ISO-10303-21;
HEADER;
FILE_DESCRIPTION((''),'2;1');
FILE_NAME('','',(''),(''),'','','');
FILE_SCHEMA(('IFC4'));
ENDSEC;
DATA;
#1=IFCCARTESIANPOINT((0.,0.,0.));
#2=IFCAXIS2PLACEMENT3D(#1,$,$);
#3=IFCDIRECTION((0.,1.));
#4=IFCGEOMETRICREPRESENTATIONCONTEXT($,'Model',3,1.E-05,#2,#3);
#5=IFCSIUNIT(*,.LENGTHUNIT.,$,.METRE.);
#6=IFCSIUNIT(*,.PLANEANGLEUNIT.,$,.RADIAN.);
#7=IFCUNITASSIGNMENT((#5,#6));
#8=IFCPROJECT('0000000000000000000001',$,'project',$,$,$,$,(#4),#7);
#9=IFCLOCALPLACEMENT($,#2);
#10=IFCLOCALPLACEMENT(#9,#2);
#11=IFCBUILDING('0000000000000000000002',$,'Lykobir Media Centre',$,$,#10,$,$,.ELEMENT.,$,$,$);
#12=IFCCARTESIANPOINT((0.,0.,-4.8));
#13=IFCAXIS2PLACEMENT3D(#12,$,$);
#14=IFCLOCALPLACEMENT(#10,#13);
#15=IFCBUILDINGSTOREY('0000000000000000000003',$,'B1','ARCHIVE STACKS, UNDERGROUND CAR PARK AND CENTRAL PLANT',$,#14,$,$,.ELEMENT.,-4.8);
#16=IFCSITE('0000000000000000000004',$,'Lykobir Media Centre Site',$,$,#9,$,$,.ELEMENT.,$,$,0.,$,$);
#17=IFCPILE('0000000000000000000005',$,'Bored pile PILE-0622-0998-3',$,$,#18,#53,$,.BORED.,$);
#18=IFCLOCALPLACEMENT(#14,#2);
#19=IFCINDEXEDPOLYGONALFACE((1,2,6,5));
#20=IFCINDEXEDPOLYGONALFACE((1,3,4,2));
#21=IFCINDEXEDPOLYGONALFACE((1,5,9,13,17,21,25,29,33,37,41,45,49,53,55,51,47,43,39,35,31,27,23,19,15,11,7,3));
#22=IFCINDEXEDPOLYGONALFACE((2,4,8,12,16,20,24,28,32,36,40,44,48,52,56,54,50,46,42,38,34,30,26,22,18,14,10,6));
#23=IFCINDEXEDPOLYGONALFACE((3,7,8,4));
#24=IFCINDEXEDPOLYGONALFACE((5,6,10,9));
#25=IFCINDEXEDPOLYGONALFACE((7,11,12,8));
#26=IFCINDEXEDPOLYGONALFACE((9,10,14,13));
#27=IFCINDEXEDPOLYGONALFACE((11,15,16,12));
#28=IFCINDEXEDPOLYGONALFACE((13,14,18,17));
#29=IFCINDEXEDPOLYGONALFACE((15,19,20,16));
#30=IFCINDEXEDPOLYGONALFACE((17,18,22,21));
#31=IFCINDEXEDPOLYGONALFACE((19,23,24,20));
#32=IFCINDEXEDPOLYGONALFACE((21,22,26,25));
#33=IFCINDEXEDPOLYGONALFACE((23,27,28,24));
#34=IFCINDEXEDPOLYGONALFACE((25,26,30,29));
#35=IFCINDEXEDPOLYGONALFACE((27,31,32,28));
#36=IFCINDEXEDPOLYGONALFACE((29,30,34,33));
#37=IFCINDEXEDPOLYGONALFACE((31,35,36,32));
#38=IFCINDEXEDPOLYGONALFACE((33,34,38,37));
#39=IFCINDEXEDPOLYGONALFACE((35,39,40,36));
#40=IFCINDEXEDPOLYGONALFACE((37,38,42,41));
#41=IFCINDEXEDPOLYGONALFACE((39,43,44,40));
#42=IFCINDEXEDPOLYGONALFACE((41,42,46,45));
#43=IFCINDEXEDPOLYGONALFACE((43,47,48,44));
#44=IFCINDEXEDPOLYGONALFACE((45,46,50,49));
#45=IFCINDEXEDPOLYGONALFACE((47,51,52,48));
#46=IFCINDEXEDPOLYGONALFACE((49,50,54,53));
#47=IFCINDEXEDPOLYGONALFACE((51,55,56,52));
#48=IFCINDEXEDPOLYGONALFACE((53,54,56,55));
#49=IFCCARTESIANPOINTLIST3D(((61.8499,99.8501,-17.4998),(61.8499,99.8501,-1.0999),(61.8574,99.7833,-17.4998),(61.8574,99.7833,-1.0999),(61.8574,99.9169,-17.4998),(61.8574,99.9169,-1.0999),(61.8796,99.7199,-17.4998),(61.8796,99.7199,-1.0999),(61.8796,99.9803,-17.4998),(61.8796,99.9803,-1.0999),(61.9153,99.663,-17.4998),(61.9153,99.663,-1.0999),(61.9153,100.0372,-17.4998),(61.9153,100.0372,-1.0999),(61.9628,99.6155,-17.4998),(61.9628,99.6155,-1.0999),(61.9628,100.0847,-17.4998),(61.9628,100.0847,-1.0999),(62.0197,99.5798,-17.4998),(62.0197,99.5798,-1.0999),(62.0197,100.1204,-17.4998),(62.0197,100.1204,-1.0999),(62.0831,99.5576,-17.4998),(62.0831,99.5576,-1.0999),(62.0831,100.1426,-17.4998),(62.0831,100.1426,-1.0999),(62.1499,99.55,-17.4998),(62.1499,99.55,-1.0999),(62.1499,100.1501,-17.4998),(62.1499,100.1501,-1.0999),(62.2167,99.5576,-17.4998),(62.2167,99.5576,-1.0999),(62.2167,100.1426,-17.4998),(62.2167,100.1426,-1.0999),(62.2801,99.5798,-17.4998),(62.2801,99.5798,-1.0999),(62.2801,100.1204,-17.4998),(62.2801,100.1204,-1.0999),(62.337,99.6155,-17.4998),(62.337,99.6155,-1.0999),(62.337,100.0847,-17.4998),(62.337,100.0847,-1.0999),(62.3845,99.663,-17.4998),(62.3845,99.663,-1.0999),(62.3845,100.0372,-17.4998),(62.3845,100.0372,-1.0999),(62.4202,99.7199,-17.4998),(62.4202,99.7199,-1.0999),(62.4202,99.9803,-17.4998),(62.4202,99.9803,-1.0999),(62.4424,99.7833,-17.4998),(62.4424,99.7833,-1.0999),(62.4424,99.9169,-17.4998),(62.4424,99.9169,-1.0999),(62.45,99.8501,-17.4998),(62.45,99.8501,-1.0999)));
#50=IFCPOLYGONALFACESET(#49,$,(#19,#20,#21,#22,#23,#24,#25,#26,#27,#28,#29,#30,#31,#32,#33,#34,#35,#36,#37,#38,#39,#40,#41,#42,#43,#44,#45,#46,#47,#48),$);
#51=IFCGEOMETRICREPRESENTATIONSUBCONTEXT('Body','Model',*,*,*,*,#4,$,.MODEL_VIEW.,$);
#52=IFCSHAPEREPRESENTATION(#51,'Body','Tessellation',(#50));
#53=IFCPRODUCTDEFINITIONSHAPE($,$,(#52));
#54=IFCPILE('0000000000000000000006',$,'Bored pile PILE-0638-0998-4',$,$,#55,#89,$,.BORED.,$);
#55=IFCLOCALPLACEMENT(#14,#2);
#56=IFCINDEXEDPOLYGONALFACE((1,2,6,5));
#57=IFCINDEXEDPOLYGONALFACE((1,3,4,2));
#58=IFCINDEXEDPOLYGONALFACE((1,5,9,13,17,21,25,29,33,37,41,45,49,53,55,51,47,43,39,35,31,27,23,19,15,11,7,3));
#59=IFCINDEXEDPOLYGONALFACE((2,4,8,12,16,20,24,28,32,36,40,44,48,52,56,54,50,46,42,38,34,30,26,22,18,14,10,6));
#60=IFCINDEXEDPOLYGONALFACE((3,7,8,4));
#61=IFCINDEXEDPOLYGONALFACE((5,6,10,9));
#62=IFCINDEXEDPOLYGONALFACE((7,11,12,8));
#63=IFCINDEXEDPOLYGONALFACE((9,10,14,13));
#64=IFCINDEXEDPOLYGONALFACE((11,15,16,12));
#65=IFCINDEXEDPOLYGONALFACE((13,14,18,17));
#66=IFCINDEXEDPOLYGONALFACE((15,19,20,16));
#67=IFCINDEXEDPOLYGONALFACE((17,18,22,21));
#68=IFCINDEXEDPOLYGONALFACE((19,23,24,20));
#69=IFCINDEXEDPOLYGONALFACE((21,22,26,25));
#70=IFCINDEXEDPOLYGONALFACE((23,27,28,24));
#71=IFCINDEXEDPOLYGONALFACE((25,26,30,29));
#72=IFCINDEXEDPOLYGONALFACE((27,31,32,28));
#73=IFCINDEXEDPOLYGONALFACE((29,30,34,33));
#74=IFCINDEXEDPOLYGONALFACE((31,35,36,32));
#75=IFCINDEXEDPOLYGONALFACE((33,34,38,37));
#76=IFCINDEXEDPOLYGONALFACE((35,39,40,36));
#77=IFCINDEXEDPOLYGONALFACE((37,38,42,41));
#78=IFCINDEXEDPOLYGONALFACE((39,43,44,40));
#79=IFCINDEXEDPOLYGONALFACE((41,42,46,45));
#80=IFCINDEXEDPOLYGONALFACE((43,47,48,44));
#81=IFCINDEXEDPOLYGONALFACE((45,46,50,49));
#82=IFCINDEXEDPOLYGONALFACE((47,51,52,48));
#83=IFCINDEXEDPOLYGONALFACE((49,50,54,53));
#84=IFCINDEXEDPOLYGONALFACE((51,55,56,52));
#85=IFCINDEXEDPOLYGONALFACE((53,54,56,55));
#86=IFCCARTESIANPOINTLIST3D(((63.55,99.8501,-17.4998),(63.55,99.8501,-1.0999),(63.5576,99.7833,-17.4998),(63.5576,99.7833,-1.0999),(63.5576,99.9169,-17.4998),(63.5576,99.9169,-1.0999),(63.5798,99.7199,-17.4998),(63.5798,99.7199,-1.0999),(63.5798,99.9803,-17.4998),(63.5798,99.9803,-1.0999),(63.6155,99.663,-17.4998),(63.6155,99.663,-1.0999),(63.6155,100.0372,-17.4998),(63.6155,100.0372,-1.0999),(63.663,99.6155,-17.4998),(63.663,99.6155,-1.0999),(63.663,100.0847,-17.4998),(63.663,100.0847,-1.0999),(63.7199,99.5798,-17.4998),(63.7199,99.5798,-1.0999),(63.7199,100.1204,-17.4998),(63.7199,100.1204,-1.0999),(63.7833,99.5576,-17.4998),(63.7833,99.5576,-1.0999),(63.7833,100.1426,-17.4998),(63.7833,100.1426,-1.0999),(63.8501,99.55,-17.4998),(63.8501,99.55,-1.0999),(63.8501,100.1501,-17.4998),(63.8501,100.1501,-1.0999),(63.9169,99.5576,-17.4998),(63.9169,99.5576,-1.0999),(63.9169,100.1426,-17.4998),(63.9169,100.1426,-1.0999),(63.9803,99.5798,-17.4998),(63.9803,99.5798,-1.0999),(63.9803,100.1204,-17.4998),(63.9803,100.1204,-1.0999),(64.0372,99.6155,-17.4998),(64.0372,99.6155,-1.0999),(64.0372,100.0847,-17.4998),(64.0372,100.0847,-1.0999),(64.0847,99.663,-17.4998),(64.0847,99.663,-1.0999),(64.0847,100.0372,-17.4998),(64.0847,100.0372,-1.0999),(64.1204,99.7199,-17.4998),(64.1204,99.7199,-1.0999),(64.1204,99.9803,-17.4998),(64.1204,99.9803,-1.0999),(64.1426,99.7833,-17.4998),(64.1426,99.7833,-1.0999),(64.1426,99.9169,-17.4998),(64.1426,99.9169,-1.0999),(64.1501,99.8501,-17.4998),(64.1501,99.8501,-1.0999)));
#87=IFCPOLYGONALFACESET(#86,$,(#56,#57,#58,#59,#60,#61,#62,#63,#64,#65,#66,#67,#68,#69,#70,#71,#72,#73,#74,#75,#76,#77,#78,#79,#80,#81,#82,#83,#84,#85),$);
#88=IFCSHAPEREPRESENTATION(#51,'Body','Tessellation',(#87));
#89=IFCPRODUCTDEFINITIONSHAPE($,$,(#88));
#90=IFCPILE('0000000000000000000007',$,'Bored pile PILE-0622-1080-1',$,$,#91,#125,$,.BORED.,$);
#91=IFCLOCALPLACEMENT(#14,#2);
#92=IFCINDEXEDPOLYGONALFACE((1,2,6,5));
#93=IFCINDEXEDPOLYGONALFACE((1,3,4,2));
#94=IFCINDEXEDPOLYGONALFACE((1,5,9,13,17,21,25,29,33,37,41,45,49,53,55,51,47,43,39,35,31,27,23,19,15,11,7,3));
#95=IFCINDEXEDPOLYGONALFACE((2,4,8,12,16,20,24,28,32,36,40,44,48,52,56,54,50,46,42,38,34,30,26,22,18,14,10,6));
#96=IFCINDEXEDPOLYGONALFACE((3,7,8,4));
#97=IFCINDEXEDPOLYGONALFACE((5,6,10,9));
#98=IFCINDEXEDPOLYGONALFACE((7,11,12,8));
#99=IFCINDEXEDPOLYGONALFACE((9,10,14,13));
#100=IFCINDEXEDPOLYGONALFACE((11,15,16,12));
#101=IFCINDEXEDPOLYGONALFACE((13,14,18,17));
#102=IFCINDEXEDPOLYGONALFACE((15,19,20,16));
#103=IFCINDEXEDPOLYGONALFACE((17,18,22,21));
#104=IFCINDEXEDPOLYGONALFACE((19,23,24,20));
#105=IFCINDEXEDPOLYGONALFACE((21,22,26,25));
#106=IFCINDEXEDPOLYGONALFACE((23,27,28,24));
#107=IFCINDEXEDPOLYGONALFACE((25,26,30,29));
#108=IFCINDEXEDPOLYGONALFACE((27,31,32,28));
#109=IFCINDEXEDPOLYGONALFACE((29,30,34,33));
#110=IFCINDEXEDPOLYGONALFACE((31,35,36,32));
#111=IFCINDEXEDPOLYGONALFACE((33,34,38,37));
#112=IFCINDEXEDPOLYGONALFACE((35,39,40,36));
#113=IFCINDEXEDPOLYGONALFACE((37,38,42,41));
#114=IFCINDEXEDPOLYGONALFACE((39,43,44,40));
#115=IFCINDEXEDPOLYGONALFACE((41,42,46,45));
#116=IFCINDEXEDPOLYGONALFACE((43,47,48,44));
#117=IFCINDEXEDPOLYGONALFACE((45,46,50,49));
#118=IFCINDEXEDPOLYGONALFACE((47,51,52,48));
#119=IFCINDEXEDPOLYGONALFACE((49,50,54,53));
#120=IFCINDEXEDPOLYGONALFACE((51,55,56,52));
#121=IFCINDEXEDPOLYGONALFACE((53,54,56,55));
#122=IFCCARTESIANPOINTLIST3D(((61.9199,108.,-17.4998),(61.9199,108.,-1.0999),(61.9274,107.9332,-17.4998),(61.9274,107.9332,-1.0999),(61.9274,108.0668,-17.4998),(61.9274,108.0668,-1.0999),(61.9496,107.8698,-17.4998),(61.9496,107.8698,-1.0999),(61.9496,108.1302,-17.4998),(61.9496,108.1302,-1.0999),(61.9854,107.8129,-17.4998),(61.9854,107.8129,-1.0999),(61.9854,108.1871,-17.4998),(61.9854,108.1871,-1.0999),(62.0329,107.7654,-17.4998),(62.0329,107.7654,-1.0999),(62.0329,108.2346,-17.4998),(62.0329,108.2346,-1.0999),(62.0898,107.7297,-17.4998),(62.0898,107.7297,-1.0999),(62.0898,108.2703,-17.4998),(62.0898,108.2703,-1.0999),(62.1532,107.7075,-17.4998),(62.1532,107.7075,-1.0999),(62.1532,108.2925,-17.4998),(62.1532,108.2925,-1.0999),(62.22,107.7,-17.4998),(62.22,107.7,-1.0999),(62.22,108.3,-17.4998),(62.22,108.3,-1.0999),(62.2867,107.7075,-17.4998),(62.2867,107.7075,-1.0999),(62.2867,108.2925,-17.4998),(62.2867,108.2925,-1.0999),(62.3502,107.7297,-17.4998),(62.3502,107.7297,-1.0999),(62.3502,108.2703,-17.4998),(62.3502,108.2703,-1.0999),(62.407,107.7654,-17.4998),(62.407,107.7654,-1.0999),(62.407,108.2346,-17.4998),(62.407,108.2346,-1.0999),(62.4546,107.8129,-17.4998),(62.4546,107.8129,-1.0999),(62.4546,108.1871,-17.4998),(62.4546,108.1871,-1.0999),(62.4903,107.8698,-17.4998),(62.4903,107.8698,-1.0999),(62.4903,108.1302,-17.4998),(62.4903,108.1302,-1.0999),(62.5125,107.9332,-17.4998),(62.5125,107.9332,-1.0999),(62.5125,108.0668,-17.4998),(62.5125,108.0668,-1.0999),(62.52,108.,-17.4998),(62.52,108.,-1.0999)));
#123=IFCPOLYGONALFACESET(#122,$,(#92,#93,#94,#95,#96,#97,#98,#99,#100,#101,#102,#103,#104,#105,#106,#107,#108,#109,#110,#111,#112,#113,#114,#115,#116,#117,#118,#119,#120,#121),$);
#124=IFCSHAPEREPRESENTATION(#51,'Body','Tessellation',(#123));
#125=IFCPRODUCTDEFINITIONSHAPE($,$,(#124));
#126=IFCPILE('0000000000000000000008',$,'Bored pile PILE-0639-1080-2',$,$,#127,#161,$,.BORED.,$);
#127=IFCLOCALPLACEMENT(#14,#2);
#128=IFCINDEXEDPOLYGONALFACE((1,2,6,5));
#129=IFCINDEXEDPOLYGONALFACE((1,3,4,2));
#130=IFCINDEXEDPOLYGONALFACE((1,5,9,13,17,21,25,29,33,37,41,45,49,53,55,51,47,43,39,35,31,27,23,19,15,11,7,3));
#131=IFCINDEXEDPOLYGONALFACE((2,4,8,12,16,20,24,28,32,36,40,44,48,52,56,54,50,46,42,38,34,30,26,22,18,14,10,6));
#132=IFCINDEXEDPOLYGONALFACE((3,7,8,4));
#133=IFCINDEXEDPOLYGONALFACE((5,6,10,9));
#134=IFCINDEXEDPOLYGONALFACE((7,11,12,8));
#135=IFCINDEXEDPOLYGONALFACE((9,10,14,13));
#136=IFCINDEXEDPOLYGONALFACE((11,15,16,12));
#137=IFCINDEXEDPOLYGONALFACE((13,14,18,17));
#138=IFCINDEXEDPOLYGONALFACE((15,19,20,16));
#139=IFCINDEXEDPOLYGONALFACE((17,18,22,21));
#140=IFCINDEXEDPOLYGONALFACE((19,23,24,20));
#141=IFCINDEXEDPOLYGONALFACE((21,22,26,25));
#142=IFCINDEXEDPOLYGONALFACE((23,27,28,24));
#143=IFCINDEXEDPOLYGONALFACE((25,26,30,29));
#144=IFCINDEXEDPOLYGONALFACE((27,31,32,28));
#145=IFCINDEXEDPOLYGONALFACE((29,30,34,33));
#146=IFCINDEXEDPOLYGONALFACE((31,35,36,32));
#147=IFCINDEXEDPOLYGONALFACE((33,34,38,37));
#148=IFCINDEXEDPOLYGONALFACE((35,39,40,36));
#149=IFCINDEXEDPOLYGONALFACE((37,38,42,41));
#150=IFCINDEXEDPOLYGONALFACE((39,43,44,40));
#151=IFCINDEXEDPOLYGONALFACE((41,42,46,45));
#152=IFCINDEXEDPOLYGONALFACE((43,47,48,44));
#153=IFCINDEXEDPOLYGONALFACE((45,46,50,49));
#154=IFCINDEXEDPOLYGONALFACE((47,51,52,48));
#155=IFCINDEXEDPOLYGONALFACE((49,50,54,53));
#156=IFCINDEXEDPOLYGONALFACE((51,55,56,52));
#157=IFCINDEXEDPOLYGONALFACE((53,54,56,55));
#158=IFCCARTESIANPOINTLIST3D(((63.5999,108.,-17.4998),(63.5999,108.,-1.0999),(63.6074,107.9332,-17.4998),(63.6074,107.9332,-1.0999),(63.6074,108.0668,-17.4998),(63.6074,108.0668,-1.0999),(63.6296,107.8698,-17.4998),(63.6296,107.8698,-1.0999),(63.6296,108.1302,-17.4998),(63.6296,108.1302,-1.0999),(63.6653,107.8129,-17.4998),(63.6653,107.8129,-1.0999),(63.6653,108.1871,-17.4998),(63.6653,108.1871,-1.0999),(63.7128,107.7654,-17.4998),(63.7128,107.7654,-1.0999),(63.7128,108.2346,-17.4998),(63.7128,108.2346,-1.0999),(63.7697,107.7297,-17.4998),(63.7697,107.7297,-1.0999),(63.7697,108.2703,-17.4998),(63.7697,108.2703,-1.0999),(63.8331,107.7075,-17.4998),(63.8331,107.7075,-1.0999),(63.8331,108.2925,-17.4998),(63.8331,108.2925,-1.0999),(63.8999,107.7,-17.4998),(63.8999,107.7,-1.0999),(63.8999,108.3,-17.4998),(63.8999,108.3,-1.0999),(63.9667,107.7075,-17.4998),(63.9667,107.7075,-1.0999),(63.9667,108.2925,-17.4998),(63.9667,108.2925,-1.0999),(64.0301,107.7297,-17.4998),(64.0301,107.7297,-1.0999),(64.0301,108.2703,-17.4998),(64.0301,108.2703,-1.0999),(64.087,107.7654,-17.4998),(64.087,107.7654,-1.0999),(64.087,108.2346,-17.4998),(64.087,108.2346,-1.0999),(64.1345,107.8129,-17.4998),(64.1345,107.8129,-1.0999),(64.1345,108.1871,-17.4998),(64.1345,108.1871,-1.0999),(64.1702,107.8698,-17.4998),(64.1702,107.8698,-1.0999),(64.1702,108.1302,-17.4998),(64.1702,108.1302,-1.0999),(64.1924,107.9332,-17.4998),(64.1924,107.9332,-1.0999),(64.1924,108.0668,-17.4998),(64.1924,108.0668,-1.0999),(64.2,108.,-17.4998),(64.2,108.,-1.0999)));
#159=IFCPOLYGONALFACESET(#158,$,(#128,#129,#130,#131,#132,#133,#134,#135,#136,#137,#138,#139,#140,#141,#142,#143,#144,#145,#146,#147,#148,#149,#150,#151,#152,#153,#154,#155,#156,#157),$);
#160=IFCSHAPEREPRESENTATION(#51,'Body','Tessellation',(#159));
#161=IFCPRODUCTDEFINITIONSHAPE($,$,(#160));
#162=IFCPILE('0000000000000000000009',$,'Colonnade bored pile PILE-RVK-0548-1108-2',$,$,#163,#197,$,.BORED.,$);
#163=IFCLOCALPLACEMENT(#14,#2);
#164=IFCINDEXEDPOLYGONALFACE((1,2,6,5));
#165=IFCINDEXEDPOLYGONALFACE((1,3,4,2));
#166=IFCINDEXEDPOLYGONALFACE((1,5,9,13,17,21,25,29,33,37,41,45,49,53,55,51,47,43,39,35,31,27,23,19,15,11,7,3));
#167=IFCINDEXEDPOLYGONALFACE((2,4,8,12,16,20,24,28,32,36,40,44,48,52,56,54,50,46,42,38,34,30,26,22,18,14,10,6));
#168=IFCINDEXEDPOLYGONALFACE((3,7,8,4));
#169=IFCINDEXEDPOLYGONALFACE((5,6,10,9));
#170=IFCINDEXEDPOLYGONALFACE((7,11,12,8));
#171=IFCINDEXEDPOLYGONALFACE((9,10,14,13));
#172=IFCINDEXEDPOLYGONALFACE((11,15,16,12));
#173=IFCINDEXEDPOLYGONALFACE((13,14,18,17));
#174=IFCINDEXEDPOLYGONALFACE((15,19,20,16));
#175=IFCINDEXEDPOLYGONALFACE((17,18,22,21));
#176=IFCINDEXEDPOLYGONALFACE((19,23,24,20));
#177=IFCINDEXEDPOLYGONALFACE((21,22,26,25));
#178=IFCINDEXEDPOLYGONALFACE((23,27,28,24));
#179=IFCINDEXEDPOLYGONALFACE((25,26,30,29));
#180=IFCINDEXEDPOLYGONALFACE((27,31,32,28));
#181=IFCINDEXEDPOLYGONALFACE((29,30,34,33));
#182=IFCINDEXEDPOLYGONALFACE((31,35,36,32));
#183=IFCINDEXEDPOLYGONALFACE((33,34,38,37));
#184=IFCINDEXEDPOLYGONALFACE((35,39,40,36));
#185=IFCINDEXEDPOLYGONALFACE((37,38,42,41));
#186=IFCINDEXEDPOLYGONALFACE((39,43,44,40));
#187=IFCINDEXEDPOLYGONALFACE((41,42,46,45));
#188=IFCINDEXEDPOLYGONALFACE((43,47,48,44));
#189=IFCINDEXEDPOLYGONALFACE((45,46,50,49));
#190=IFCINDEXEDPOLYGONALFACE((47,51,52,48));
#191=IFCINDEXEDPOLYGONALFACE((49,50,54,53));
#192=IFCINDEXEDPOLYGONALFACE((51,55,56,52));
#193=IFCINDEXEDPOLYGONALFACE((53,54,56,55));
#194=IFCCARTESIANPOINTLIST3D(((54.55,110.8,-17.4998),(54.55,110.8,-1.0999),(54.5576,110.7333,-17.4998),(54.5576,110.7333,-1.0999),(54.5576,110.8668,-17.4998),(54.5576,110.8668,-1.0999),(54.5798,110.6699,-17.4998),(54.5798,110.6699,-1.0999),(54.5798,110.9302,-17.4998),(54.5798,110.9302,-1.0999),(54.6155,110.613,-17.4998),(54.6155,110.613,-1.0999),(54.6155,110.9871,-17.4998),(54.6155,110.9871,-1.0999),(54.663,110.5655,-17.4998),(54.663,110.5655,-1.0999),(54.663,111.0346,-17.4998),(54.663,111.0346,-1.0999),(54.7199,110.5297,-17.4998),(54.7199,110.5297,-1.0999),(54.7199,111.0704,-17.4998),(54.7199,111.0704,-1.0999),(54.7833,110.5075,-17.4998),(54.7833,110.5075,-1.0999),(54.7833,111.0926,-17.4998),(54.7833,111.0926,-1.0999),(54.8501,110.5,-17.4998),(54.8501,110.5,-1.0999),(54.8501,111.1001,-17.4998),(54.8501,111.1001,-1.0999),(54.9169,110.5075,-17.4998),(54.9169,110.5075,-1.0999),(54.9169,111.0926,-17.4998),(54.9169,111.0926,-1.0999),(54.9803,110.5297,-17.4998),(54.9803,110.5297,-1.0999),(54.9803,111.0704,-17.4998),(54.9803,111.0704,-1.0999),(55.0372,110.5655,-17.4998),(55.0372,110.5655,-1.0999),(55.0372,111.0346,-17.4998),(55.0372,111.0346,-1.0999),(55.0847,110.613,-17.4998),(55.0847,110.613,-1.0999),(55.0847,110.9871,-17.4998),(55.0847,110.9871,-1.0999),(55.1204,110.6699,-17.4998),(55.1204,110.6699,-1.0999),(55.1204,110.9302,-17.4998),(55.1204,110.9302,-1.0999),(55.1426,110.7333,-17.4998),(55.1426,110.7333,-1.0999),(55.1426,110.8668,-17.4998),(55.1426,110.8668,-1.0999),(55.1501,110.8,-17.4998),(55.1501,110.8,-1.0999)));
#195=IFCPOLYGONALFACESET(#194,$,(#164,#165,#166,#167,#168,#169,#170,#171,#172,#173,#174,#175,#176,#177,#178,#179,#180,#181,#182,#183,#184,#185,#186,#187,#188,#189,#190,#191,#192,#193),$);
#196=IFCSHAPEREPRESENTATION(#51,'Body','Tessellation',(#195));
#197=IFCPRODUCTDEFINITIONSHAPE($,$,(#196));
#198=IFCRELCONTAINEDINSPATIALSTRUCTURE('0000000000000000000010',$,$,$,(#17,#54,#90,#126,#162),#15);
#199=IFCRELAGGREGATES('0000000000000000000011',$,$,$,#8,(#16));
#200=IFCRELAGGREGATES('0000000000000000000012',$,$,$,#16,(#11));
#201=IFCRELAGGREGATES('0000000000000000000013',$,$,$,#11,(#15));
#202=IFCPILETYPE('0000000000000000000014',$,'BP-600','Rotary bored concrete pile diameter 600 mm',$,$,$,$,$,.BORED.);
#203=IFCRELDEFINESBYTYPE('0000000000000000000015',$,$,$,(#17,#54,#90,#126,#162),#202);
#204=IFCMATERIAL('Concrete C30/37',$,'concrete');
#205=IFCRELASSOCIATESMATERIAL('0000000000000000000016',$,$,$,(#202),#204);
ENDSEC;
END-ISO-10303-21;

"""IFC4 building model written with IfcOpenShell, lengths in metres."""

from ifc_helpers import new_model, si_unit, direction, frame, origin, origin_2d, place, context, subcontext, project, spatial, circle, extrude, material, material_profile, profile_set, type_object, element, save


model = new_model("IFC4")

# Units and contexts
model_context = context("Model", 3, precision=1e-05, world=origin(), true_north=direction((0.0, 1.0)))
body_context = subcontext(model_context, "Body", "Model", "MODEL_VIEW")
ifc_project = project(units=[si_unit("LENGTHUNIT", "METRE"), si_unit("PLANEANGLEUNIT", "RADIAN")], contexts=[model_context])

# Site, building, storey
site_placement = place(None, origin())
site = spatial("IfcSite", under=ifc_project, at=site_placement, Name="Lykobir Media Centre Site", CompositionType="ELEMENT", RefElevation=0.0)
building_placement = place(site_placement, origin())
building = spatial("IfcBuilding", under=site, at=building_placement, Name="Lykobir Media Centre", CompositionType="ELEMENT")
storey_placement = place(building_placement, frame((0.0, 0.0, -4.8)))
storey = spatial("IfcBuildingStorey", under=building, at=storey_placement, Name="B1", Description="ARCHIVE STACKS, UNDERGROUND CAR PARK AND CENTRAL PLANT", CompositionType="ELEMENT", Elevation=-4.8)

# Piles
ifc_material_1 = material(Name="Concrete C30/37", Category="concrete")
ifc_material_profile_1 = material_profile(ifc_material_1, circle(Radius=0.3, at=origin_2d()), Name="BORED PILE D600")
ifc_profile_set_1 = profile_set([ifc_material_profile_1], Name="Concrete C30/37")
pile_type = type_object("IfcPileType", Name="BP-600", Description="Rotary bored concrete pile diameter 600 mm", PredefinedType="BORED", material=ifc_profile_set_1)
for number, where, z_axis, x_axis, name in (
    (1, (62.1499, 99.8501, -1.0999), (0.0, 0.0, -1.0), (1.0, 0.0, 0.0), "Bored pile PILE-0622-0998-3"),
    (2, (63.8501, 99.8501, -1.0999), (0.0, 0.0, -1.0), (1.0, 0.0, 0.0), "Bored pile PILE-0638-0998-4"),
    (3, (62.22, 108.0, -1.0999), (0.0, 0.0, -1.0), (1.0, 0.0, 0.0), "Bored pile PILE-0622-1080-1"),
    (4, (63.8999, 108.0, -1.0999), (0.0, 0.0, -1.0), (1.0, 0.0, 0.0), "Bored pile PILE-0639-1080-2"),
    (5, (54.8501, 110.8, -1.0999), (0.0, 0.0, -1.0), (1.0, 0.0, 0.0), "Colonnade bored pile PILE-RVK-0548-1108-2"),
):
    element("IfcPile", number, at=place(storey_placement, frame(where, z_axis=z_axis, x_axis=x_axis)), inside=storey, type_object=pile_type, Name=name, PredefinedType="BORED", context=body_context, shape_type="SweptSolid", body=[
        extrude(circle(Radius=0.3, at=origin_2d()), origin(), (0.0, 0.0, 1.0), 16.3999),
    ])

save(model, "model.ifc")
